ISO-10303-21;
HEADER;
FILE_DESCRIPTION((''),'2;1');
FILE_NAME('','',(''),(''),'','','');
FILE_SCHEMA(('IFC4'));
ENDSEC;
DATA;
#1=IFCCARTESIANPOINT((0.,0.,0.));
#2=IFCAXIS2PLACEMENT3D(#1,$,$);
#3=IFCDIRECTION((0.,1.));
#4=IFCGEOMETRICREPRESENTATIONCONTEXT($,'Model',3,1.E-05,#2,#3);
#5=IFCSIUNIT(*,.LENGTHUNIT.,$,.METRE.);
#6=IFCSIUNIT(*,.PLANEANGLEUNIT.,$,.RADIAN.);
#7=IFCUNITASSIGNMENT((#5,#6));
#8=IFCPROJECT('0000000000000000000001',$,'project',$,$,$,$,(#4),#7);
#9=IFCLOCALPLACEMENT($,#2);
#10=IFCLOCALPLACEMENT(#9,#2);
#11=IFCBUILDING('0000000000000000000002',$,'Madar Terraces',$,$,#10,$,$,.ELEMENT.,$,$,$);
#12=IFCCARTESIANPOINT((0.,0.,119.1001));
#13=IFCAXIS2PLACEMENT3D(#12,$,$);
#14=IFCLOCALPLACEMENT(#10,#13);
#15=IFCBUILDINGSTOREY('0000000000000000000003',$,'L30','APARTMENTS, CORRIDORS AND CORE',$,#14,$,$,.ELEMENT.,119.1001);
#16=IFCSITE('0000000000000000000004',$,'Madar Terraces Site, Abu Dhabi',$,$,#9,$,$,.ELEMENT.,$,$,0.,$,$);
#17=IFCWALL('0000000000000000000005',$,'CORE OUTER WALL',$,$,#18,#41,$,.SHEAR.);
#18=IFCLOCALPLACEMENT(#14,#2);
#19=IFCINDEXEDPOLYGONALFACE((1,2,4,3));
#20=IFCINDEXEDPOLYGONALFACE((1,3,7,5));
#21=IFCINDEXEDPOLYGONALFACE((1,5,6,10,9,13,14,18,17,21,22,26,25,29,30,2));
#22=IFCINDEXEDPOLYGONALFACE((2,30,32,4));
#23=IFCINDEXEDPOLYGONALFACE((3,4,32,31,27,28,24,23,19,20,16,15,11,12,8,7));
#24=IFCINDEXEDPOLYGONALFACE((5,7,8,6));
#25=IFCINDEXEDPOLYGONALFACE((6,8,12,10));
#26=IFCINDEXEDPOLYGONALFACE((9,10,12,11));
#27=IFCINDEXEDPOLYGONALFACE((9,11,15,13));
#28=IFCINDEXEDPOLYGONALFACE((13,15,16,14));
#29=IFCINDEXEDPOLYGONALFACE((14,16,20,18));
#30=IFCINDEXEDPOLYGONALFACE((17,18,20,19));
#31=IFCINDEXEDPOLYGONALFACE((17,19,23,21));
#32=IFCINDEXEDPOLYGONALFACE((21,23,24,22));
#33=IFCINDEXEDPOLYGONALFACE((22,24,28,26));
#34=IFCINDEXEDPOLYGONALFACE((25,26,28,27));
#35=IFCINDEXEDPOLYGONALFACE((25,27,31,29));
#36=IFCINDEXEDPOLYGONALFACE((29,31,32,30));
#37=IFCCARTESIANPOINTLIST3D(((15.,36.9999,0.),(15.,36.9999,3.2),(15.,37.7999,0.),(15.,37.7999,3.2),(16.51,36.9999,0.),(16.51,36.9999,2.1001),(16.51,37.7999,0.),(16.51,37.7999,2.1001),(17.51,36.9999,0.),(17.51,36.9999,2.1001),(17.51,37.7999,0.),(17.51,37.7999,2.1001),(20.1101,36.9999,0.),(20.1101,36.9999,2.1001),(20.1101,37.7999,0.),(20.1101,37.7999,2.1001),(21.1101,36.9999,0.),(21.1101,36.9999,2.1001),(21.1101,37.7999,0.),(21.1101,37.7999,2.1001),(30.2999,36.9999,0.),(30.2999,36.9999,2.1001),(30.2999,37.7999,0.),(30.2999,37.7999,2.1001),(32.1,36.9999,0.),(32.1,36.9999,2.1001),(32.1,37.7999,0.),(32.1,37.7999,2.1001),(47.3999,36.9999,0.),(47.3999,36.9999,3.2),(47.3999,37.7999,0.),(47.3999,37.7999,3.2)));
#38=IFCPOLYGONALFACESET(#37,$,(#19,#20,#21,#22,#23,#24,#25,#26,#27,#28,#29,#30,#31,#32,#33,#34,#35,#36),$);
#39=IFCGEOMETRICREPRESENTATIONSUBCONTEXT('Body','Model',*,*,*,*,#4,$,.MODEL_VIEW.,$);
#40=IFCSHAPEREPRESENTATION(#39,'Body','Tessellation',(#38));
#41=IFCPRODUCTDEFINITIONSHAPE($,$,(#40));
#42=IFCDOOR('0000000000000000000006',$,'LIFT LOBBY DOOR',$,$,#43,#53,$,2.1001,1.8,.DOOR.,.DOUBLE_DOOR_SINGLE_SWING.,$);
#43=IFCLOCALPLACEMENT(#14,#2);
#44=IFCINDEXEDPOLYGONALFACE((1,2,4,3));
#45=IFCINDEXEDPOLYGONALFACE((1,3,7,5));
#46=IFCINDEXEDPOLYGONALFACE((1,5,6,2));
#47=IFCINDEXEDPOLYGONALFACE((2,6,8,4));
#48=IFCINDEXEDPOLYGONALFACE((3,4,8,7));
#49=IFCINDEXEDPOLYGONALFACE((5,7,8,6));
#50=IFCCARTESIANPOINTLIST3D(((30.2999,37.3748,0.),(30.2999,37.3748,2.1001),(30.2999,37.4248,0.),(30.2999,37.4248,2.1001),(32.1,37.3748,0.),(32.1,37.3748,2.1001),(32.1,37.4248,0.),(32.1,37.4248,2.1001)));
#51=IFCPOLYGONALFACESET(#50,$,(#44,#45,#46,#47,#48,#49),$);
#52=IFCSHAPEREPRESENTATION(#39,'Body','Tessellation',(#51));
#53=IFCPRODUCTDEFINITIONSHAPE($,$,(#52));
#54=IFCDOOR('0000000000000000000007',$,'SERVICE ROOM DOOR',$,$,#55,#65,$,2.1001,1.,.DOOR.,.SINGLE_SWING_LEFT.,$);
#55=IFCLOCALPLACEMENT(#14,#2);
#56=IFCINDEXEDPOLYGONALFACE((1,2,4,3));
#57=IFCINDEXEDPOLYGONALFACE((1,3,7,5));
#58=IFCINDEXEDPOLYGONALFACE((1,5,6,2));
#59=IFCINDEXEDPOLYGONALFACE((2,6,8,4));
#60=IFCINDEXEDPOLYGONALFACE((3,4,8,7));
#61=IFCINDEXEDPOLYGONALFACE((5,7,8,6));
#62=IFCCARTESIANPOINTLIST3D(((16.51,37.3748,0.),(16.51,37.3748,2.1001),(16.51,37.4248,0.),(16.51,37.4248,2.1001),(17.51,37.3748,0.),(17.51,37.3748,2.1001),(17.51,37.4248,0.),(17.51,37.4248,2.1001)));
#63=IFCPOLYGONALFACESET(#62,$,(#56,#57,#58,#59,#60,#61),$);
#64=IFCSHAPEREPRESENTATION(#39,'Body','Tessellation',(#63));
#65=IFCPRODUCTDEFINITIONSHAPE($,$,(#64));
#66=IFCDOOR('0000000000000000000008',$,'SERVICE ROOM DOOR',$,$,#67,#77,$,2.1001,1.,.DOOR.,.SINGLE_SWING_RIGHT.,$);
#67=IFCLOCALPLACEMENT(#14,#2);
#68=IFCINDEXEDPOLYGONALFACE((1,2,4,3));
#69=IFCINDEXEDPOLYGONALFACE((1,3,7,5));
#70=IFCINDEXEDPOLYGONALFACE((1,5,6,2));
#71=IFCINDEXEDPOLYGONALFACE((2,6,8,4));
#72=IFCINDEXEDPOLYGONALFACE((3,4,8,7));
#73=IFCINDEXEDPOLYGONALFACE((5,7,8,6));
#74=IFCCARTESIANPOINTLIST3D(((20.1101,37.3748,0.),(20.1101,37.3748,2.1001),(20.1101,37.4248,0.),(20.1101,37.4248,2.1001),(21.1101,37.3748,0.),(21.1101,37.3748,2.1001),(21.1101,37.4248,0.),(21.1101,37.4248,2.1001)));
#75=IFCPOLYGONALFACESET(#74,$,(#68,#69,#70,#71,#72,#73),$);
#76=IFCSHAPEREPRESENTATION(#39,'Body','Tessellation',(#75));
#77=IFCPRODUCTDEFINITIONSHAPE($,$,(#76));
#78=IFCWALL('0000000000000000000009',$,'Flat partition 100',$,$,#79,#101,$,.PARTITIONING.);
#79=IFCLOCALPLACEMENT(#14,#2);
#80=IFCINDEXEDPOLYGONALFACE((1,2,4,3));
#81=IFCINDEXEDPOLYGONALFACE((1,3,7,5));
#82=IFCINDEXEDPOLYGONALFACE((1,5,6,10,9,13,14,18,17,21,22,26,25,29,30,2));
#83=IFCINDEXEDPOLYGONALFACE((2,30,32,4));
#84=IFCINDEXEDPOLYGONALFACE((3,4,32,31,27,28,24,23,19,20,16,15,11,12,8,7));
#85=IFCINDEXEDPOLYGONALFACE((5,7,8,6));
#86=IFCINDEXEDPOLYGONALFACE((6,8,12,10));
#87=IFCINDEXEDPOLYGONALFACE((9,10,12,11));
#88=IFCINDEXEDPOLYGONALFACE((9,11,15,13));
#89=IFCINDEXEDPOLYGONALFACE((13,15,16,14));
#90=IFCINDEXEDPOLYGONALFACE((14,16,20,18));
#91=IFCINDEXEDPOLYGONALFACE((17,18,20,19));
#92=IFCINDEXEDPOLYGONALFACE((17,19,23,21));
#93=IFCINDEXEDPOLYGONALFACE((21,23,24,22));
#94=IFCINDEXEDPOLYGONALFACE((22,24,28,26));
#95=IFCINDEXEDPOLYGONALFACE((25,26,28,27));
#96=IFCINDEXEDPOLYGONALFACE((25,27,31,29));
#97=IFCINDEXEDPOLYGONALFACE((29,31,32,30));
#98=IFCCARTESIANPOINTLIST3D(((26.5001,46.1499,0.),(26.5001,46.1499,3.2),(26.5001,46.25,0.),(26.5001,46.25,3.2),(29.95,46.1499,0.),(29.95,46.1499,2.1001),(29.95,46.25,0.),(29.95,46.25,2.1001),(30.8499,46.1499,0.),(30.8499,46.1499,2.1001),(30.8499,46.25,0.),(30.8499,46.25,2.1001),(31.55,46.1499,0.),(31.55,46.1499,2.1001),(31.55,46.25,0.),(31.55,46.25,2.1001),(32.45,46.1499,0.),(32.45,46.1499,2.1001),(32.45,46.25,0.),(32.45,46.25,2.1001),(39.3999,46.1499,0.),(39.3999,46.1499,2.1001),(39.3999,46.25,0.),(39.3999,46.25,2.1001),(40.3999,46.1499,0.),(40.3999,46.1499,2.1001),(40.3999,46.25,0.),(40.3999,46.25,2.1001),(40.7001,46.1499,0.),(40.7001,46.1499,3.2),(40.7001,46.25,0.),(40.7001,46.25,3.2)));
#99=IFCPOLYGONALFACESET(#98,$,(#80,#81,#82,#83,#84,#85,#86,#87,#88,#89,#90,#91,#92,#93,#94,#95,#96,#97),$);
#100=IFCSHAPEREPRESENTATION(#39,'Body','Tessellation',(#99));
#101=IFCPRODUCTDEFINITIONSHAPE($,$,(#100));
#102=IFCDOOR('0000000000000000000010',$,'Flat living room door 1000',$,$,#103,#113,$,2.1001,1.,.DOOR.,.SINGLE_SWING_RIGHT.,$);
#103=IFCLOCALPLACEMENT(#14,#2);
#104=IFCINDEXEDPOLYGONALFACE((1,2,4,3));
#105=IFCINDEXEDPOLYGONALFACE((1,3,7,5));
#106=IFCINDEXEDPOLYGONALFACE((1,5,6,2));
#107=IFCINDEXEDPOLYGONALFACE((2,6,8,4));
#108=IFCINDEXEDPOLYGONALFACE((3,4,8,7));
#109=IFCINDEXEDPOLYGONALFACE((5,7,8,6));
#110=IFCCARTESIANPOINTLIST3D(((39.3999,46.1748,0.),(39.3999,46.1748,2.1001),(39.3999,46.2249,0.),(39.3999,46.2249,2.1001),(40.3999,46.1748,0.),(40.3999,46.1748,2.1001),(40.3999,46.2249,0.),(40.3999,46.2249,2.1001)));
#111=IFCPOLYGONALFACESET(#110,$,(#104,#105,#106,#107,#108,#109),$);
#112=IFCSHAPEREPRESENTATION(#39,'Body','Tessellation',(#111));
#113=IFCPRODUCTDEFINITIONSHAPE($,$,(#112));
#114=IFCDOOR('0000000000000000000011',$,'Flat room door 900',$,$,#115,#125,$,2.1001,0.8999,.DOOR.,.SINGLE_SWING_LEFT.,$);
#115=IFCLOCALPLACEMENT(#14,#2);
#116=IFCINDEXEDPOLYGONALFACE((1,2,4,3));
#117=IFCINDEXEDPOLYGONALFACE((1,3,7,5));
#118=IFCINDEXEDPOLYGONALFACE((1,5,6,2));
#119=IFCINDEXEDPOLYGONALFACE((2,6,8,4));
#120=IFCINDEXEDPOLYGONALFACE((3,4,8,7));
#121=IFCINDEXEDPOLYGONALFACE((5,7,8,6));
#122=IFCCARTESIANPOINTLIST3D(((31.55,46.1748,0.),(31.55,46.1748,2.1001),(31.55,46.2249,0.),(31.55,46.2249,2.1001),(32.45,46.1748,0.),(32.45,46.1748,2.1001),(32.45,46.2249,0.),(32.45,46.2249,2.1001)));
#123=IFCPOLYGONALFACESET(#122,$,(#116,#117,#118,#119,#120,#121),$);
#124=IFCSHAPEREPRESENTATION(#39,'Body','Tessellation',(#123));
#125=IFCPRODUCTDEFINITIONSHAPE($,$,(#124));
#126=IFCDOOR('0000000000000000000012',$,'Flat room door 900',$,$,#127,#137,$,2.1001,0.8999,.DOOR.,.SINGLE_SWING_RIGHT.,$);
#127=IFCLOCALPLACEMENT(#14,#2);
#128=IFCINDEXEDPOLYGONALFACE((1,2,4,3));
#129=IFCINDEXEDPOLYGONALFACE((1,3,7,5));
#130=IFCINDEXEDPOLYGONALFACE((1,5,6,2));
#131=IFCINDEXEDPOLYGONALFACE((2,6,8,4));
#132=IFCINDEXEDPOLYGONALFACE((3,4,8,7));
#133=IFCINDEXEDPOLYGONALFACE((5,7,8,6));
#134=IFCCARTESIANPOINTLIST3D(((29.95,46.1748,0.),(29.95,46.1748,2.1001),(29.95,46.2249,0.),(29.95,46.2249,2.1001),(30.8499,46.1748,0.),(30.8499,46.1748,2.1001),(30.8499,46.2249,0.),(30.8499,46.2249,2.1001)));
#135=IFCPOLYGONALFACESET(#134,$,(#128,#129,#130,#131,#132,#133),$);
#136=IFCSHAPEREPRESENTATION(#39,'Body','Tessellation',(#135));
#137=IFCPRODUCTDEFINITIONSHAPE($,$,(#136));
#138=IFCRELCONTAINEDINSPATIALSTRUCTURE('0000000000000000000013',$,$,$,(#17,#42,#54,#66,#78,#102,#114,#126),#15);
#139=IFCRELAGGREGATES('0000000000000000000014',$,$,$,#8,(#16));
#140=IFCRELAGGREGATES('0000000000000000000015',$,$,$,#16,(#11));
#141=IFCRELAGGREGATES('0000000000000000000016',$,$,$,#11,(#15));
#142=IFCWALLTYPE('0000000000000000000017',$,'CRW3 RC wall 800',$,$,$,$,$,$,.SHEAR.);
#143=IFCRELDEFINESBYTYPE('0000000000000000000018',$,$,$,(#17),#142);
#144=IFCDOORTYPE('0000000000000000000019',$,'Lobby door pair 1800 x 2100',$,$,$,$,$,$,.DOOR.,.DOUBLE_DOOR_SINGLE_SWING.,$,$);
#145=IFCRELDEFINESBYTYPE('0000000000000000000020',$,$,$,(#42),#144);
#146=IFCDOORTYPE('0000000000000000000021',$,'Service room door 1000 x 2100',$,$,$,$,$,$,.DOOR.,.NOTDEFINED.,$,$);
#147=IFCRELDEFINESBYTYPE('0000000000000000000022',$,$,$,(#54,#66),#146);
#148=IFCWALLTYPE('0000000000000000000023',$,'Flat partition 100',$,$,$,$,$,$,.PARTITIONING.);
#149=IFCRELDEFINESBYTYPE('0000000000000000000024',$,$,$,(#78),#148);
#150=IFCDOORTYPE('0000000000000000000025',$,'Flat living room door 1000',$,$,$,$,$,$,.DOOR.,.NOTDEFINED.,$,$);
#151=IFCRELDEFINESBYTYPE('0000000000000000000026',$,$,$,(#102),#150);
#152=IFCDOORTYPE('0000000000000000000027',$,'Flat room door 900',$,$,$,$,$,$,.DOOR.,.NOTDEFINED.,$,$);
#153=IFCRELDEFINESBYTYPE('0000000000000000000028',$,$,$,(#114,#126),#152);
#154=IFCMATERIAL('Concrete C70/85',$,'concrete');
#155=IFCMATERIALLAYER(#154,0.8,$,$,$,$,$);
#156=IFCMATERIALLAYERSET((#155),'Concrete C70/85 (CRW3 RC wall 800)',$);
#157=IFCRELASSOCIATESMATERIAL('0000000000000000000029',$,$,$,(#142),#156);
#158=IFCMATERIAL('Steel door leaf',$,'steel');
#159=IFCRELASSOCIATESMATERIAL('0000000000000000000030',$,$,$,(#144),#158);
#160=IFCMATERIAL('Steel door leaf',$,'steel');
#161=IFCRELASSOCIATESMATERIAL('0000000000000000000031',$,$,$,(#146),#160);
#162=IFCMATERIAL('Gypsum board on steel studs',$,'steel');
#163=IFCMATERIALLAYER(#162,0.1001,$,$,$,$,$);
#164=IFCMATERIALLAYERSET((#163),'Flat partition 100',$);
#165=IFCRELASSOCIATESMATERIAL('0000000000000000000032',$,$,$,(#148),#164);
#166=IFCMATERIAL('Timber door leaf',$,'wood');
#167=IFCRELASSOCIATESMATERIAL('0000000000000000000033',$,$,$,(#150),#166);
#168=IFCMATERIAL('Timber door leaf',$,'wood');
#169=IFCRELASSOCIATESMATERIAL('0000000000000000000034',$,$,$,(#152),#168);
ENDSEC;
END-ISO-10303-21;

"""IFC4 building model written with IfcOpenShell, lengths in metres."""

from ifc_helpers import new_model, si_unit, direction, frame, frame_2d, origin, place, context, subcontext, project, spatial, rectangle, extrude, material, layer, layer_set, type_object, element, fill, save


model = new_model("IFC4")

# Units and contexts
model_context = context("Model", 3, precision=1e-05, world=origin(), true_north=direction((0.0, 1.0)))
body_context = subcontext(model_context, "Body", "Model", "MODEL_VIEW")
ifc_project = project(units=[si_unit("LENGTHUNIT", "METRE"), si_unit("PLANEANGLEUNIT", "RADIAN")], contexts=[model_context])

# Site, building, storey
site_placement = place(None, origin())
site = spatial("IfcSite", under=ifc_project, at=site_placement, Name="Madar Terraces Site, Abu Dhabi", CompositionType="ELEMENT", RefElevation=0.0)
building_placement = place(site_placement, origin())
building = spatial("IfcBuilding", under=site, at=building_placement, Name="Madar Terraces", CompositionType="ELEMENT")
storey_placement = place(building_placement, frame((0.0, 0.0, 119.1001)))
storey = spatial("IfcBuildingStorey", under=building, at=storey_placement, Name="L30", Description="APARTMENTS, CORRIDORS AND CORE", CompositionType="ELEMENT", Elevation=119.1001)

# Walls, openings, doors
ifc_material_1 = material(Name="Concrete C70/85", Category="concrete")
ifc_layer_1 = layer(ifc_material_1, 0.8)
ifc_layer_set_1 = layer_set([ifc_layer_1], Name="Concrete C70/85 (CRW3 RC wall 800)")
wall_type_1 = type_object("IfcWallType", Name="CRW3 RC wall 800", PredefinedType="SHEAR", material=ifc_layer_set_1)
wall_1_placement = place(storey_placement, frame((15.0, 37.3999, 0.0), z_axis=(0.0, 0.0, 1.0), x_axis=(1.0, 0.0, 0.0)))
wall_1 = element("IfcWall", 1, at=wall_1_placement, inside=storey, type_object=wall_type_1, Name="CORE OUTER WALL", PredefinedType="SHEAR", context=body_context, shape_type="SweptSolid", body=[
    extrude(rectangle(XDim=32.3999, YDim=0.8, at=frame_2d((16.2, 0.0))), origin(), (0.0, 0.0, 1.0), 3.2),
])
opening_1_placement = place(wall_1_placement, frame((15.3, 0.0, 0.0)))
opening_1 = element("IfcOpeningElement", 2, at=opening_1_placement, cuts=wall_1, PredefinedType="OPENING", context=body_context, shape_type="SweptSolid", body=[
    extrude(rectangle(XDim=1.8, YDim=2.1001, at=frame_2d((0.8999, 1.05))), frame((0.0, 0.4099, 0.0), z_axis=(0.0, -1.0, 0.0), x_axis=(1.0, 0.0, 0.0)), (0.0, 0.0, 1.0), 0.8201),
])
opening_2_placement = place(wall_1_placement, frame((1.51, 0.0, 0.0)))
opening_2 = element("IfcOpeningElement", 3, at=opening_2_placement, cuts=wall_1, PredefinedType="OPENING", context=body_context, shape_type="SweptSolid", body=[
    extrude(rectangle(XDim=1.0, YDim=2.1001, at=frame_2d((0.5, 1.05))), frame((0.0, 0.4099, 0.0), z_axis=(0.0, -1.0, 0.0), x_axis=(1.0, 0.0, 0.0)), (0.0, 0.0, 1.0), 0.8201),
])
opening_3_placement = place(wall_1_placement, frame((5.1101, 0.0, 0.0)))
opening_3 = element("IfcOpeningElement", 4, at=opening_3_placement, cuts=wall_1, PredefinedType="OPENING", context=body_context, shape_type="SweptSolid", body=[
    extrude(rectangle(XDim=1.0, YDim=2.1001, at=frame_2d((0.5, 1.05))), frame((0.0, 0.4099, 0.0), z_axis=(0.0, -1.0, 0.0), x_axis=(1.0, 0.0, 0.0)), (0.0, 0.0, 1.0), 0.8201),
])
ifc_material_2 = material(Name="Steel door leaf", Category="steel")
door_type_1 = type_object("IfcDoorType", Name="Lobby door pair 1800 x 2100", OperationType="DOUBLE_DOOR_SINGLE_SWING", PredefinedType="DOOR", material=ifc_material_2)
door_1_placement = place(opening_1_placement, origin())
door_1 = element("IfcDoor", 5, at=door_1_placement, inside=storey, type_object=door_type_1, Name="LIFT LOBBY DOOR", OperationType="DOUBLE_DOOR_SINGLE_SWING", OverallHeight=2.1001, OverallWidth=1.8, PredefinedType="DOOR", context=body_context, shape_type="SweptSolid", body=[
    extrude(rectangle(XDim=1.8, YDim=2.1001, at=frame_2d((0.8999, 1.05))), frame((0.0, 0.0249, 0.0), z_axis=(0.0, -1.0, 0.0), x_axis=(1.0, 0.0, 0.0)), (0.0, 0.0, 1.0), 0.05),
])
fill(opening_1, door_1)
ifc_material_3 = material(Name="Steel door leaf", Category="steel")
door_type_2 = type_object("IfcDoorType", Name="Service room door 1000 x 2100", OperationType="NOTDEFINED", PredefinedType="DOOR", material=ifc_material_3)
door_2_placement = place(opening_2_placement, origin())
door_2 = element("IfcDoor", 6, at=door_2_placement, inside=storey, type_object=door_type_2, Name="SERVICE ROOM DOOR", OperationType="SINGLE_SWING_LEFT", OverallHeight=2.1001, OverallWidth=1.0, PredefinedType="DOOR", context=body_context, shape_type="SweptSolid", body=[
    extrude(rectangle(XDim=1.0, YDim=2.1001, at=frame_2d((0.5, 1.05))), frame((0.0, 0.0249, 0.0), z_axis=(0.0, -1.0, 0.0), x_axis=(1.0, 0.0, 0.0)), (0.0, 0.0, 1.0), 0.05),
])
fill(opening_2, door_2)
door_3_placement = place(opening_3_placement, origin())
door_3 = element("IfcDoor", 7, at=door_3_placement, inside=storey, type_object=door_type_2, Name="SERVICE ROOM DOOR", OperationType="SINGLE_SWING_RIGHT", OverallHeight=2.1001, OverallWidth=1.0, PredefinedType="DOOR", context=body_context, shape_type="SweptSolid", body=[
    extrude(rectangle(XDim=1.0, YDim=2.1001, at=frame_2d((0.5, 1.05))), frame((0.0, 0.0249, 0.0), z_axis=(0.0, -1.0, 0.0), x_axis=(1.0, 0.0, 0.0)), (0.0, 0.0, 1.0), 0.05),
])
fill(opening_3, door_3)
ifc_material_4 = material(Name="Gypsum board on steel studs", Category="steel")
ifc_layer_2 = layer(ifc_material_4, 0.1001)
ifc_layer_set_2 = layer_set([ifc_layer_2], Name="Flat partition 100")
wall_type_2 = type_object("IfcWallType", Name="Flat partition 100", PredefinedType="PARTITIONING", material=ifc_layer_set_2)
wall_2_placement = place(storey_placement, frame((26.5, 46.2, 0.0), z_axis=(0.0, 0.0, 1.0), x_axis=(1.0, 0.0, 0.0)))
wall_2 = element("IfcWall", 8, at=wall_2_placement, inside=storey, type_object=wall_type_2, Name="Flat partition 100", PredefinedType="PARTITIONING", context=body_context, shape_type="SweptSolid", body=[
    extrude(rectangle(XDim=14.2, YDim=0.1001, at=frame_2d((7.1001, 0.0))), origin(), (0.0, 0.0, 1.0), 3.2),
])
opening_4_placement = place(wall_2_placement, frame((12.8999, 0.0, 0.0)))
opening_4 = element("IfcOpeningElement", 9, at=opening_4_placement, cuts=wall_2, PredefinedType="OPENING", context=body_context, shape_type="SweptSolid", body=[
    extrude(rectangle(XDim=1.0, YDim=2.1001, at=frame_2d((0.5, 1.05))), frame((0.0, 0.0601, 0.0), z_axis=(0.0, -1.0, 0.0), x_axis=(1.0, 0.0, 0.0)), (0.0, 0.0, 1.0), 0.1201),
])
opening_5_placement = place(wall_2_placement, frame((5.05, 0.0, 0.0)))
opening_5 = element("IfcOpeningElement", 10, at=opening_5_placement, cuts=wall_2, PredefinedType="OPENING", context=body_context, shape_type="SweptSolid", body=[
    extrude(rectangle(XDim=0.8999, YDim=2.1001, at=frame_2d((0.45, 1.05))), frame((0.0, 0.0601, 0.0), z_axis=(0.0, -1.0, 0.0), x_axis=(1.0, 0.0, 0.0)), (0.0, 0.0, 1.0), 0.1201),
])
opening_6_placement = place(wall_2_placement, frame((3.45, 0.0, 0.0)))
opening_6 = element("IfcOpeningElement", 11, at=opening_6_placement, cuts=wall_2, PredefinedType="OPENING", context=body_context, shape_type="SweptSolid", body=[
    extrude(rectangle(XDim=0.8999, YDim=2.1001, at=frame_2d((0.45, 1.05))), frame((0.0, 0.0601, 0.0), z_axis=(0.0, -1.0, 0.0), x_axis=(1.0, 0.0, 0.0)), (0.0, 0.0, 1.0), 0.1201),
])
ifc_material_5 = material(Name="Timber door leaf", Category="wood")
door_type_3 = type_object("IfcDoorType", Name="Flat living room door 1000", OperationType="NOTDEFINED", PredefinedType="DOOR", material=ifc_material_5)
door_4_placement = place(opening_4_placement, origin())
door_4 = element("IfcDoor", 12, at=door_4_placement, inside=storey, type_object=door_type_3, Name="Flat living room door 1000", OperationType="SINGLE_SWING_RIGHT", OverallHeight=2.1001, OverallWidth=1.0, PredefinedType="DOOR", context=body_context, shape_type="SweptSolid", body=[
    extrude(rectangle(XDim=1.0, YDim=2.1001, at=frame_2d((0.5, 1.05))), frame((0.0, 0.0249, 0.0), z_axis=(0.0, -1.0, 0.0), x_axis=(1.0, 0.0, 0.0)), (0.0, 0.0, 1.0), 0.05),
])
fill(opening_4, door_4)
ifc_material_6 = material(Name="Timber door leaf", Category="wood")
door_type_4 = type_object("IfcDoorType", Name="Flat room door 900", OperationType="NOTDEFINED", PredefinedType="DOOR", material=ifc_material_6)
door_5_placement = place(opening_5_placement, origin())
door_5 = element("IfcDoor", 13, at=door_5_placement, inside=storey, type_object=door_type_4, Name="Flat room door 900", OperationType="SINGLE_SWING_LEFT", OverallHeight=2.1001, OverallWidth=0.8999, PredefinedType="DOOR", context=body_context, shape_type="SweptSolid", body=[
    extrude(rectangle(XDim=0.8999, YDim=2.1001, at=frame_2d((0.45, 1.05))), frame((0.0, 0.0249, 0.0), z_axis=(0.0, -1.0, 0.0), x_axis=(1.0, 0.0, 0.0)), (0.0, 0.0, 1.0), 0.05),
])
fill(opening_5, door_5)
door_6_placement = place(opening_6_placement, origin())
door_6 = element("IfcDoor", 14, at=door_6_placement, inside=storey, type_object=door_type_4, Name="Flat room door 900", OperationType="SINGLE_SWING_RIGHT", OverallHeight=2.1001, OverallWidth=0.8999, PredefinedType="DOOR", context=body_context, shape_type="SweptSolid", body=[
    extrude(rectangle(XDim=0.8999, YDim=2.1001, at=frame_2d((0.45, 1.05))), frame((0.0, 0.0249, 0.0), z_axis=(0.0, -1.0, 0.0), x_axis=(1.0, 0.0, 0.0)), (0.0, 0.0, 1.0), 0.05),
])
fill(opening_6, door_6)

save(model, "model.ifc")
